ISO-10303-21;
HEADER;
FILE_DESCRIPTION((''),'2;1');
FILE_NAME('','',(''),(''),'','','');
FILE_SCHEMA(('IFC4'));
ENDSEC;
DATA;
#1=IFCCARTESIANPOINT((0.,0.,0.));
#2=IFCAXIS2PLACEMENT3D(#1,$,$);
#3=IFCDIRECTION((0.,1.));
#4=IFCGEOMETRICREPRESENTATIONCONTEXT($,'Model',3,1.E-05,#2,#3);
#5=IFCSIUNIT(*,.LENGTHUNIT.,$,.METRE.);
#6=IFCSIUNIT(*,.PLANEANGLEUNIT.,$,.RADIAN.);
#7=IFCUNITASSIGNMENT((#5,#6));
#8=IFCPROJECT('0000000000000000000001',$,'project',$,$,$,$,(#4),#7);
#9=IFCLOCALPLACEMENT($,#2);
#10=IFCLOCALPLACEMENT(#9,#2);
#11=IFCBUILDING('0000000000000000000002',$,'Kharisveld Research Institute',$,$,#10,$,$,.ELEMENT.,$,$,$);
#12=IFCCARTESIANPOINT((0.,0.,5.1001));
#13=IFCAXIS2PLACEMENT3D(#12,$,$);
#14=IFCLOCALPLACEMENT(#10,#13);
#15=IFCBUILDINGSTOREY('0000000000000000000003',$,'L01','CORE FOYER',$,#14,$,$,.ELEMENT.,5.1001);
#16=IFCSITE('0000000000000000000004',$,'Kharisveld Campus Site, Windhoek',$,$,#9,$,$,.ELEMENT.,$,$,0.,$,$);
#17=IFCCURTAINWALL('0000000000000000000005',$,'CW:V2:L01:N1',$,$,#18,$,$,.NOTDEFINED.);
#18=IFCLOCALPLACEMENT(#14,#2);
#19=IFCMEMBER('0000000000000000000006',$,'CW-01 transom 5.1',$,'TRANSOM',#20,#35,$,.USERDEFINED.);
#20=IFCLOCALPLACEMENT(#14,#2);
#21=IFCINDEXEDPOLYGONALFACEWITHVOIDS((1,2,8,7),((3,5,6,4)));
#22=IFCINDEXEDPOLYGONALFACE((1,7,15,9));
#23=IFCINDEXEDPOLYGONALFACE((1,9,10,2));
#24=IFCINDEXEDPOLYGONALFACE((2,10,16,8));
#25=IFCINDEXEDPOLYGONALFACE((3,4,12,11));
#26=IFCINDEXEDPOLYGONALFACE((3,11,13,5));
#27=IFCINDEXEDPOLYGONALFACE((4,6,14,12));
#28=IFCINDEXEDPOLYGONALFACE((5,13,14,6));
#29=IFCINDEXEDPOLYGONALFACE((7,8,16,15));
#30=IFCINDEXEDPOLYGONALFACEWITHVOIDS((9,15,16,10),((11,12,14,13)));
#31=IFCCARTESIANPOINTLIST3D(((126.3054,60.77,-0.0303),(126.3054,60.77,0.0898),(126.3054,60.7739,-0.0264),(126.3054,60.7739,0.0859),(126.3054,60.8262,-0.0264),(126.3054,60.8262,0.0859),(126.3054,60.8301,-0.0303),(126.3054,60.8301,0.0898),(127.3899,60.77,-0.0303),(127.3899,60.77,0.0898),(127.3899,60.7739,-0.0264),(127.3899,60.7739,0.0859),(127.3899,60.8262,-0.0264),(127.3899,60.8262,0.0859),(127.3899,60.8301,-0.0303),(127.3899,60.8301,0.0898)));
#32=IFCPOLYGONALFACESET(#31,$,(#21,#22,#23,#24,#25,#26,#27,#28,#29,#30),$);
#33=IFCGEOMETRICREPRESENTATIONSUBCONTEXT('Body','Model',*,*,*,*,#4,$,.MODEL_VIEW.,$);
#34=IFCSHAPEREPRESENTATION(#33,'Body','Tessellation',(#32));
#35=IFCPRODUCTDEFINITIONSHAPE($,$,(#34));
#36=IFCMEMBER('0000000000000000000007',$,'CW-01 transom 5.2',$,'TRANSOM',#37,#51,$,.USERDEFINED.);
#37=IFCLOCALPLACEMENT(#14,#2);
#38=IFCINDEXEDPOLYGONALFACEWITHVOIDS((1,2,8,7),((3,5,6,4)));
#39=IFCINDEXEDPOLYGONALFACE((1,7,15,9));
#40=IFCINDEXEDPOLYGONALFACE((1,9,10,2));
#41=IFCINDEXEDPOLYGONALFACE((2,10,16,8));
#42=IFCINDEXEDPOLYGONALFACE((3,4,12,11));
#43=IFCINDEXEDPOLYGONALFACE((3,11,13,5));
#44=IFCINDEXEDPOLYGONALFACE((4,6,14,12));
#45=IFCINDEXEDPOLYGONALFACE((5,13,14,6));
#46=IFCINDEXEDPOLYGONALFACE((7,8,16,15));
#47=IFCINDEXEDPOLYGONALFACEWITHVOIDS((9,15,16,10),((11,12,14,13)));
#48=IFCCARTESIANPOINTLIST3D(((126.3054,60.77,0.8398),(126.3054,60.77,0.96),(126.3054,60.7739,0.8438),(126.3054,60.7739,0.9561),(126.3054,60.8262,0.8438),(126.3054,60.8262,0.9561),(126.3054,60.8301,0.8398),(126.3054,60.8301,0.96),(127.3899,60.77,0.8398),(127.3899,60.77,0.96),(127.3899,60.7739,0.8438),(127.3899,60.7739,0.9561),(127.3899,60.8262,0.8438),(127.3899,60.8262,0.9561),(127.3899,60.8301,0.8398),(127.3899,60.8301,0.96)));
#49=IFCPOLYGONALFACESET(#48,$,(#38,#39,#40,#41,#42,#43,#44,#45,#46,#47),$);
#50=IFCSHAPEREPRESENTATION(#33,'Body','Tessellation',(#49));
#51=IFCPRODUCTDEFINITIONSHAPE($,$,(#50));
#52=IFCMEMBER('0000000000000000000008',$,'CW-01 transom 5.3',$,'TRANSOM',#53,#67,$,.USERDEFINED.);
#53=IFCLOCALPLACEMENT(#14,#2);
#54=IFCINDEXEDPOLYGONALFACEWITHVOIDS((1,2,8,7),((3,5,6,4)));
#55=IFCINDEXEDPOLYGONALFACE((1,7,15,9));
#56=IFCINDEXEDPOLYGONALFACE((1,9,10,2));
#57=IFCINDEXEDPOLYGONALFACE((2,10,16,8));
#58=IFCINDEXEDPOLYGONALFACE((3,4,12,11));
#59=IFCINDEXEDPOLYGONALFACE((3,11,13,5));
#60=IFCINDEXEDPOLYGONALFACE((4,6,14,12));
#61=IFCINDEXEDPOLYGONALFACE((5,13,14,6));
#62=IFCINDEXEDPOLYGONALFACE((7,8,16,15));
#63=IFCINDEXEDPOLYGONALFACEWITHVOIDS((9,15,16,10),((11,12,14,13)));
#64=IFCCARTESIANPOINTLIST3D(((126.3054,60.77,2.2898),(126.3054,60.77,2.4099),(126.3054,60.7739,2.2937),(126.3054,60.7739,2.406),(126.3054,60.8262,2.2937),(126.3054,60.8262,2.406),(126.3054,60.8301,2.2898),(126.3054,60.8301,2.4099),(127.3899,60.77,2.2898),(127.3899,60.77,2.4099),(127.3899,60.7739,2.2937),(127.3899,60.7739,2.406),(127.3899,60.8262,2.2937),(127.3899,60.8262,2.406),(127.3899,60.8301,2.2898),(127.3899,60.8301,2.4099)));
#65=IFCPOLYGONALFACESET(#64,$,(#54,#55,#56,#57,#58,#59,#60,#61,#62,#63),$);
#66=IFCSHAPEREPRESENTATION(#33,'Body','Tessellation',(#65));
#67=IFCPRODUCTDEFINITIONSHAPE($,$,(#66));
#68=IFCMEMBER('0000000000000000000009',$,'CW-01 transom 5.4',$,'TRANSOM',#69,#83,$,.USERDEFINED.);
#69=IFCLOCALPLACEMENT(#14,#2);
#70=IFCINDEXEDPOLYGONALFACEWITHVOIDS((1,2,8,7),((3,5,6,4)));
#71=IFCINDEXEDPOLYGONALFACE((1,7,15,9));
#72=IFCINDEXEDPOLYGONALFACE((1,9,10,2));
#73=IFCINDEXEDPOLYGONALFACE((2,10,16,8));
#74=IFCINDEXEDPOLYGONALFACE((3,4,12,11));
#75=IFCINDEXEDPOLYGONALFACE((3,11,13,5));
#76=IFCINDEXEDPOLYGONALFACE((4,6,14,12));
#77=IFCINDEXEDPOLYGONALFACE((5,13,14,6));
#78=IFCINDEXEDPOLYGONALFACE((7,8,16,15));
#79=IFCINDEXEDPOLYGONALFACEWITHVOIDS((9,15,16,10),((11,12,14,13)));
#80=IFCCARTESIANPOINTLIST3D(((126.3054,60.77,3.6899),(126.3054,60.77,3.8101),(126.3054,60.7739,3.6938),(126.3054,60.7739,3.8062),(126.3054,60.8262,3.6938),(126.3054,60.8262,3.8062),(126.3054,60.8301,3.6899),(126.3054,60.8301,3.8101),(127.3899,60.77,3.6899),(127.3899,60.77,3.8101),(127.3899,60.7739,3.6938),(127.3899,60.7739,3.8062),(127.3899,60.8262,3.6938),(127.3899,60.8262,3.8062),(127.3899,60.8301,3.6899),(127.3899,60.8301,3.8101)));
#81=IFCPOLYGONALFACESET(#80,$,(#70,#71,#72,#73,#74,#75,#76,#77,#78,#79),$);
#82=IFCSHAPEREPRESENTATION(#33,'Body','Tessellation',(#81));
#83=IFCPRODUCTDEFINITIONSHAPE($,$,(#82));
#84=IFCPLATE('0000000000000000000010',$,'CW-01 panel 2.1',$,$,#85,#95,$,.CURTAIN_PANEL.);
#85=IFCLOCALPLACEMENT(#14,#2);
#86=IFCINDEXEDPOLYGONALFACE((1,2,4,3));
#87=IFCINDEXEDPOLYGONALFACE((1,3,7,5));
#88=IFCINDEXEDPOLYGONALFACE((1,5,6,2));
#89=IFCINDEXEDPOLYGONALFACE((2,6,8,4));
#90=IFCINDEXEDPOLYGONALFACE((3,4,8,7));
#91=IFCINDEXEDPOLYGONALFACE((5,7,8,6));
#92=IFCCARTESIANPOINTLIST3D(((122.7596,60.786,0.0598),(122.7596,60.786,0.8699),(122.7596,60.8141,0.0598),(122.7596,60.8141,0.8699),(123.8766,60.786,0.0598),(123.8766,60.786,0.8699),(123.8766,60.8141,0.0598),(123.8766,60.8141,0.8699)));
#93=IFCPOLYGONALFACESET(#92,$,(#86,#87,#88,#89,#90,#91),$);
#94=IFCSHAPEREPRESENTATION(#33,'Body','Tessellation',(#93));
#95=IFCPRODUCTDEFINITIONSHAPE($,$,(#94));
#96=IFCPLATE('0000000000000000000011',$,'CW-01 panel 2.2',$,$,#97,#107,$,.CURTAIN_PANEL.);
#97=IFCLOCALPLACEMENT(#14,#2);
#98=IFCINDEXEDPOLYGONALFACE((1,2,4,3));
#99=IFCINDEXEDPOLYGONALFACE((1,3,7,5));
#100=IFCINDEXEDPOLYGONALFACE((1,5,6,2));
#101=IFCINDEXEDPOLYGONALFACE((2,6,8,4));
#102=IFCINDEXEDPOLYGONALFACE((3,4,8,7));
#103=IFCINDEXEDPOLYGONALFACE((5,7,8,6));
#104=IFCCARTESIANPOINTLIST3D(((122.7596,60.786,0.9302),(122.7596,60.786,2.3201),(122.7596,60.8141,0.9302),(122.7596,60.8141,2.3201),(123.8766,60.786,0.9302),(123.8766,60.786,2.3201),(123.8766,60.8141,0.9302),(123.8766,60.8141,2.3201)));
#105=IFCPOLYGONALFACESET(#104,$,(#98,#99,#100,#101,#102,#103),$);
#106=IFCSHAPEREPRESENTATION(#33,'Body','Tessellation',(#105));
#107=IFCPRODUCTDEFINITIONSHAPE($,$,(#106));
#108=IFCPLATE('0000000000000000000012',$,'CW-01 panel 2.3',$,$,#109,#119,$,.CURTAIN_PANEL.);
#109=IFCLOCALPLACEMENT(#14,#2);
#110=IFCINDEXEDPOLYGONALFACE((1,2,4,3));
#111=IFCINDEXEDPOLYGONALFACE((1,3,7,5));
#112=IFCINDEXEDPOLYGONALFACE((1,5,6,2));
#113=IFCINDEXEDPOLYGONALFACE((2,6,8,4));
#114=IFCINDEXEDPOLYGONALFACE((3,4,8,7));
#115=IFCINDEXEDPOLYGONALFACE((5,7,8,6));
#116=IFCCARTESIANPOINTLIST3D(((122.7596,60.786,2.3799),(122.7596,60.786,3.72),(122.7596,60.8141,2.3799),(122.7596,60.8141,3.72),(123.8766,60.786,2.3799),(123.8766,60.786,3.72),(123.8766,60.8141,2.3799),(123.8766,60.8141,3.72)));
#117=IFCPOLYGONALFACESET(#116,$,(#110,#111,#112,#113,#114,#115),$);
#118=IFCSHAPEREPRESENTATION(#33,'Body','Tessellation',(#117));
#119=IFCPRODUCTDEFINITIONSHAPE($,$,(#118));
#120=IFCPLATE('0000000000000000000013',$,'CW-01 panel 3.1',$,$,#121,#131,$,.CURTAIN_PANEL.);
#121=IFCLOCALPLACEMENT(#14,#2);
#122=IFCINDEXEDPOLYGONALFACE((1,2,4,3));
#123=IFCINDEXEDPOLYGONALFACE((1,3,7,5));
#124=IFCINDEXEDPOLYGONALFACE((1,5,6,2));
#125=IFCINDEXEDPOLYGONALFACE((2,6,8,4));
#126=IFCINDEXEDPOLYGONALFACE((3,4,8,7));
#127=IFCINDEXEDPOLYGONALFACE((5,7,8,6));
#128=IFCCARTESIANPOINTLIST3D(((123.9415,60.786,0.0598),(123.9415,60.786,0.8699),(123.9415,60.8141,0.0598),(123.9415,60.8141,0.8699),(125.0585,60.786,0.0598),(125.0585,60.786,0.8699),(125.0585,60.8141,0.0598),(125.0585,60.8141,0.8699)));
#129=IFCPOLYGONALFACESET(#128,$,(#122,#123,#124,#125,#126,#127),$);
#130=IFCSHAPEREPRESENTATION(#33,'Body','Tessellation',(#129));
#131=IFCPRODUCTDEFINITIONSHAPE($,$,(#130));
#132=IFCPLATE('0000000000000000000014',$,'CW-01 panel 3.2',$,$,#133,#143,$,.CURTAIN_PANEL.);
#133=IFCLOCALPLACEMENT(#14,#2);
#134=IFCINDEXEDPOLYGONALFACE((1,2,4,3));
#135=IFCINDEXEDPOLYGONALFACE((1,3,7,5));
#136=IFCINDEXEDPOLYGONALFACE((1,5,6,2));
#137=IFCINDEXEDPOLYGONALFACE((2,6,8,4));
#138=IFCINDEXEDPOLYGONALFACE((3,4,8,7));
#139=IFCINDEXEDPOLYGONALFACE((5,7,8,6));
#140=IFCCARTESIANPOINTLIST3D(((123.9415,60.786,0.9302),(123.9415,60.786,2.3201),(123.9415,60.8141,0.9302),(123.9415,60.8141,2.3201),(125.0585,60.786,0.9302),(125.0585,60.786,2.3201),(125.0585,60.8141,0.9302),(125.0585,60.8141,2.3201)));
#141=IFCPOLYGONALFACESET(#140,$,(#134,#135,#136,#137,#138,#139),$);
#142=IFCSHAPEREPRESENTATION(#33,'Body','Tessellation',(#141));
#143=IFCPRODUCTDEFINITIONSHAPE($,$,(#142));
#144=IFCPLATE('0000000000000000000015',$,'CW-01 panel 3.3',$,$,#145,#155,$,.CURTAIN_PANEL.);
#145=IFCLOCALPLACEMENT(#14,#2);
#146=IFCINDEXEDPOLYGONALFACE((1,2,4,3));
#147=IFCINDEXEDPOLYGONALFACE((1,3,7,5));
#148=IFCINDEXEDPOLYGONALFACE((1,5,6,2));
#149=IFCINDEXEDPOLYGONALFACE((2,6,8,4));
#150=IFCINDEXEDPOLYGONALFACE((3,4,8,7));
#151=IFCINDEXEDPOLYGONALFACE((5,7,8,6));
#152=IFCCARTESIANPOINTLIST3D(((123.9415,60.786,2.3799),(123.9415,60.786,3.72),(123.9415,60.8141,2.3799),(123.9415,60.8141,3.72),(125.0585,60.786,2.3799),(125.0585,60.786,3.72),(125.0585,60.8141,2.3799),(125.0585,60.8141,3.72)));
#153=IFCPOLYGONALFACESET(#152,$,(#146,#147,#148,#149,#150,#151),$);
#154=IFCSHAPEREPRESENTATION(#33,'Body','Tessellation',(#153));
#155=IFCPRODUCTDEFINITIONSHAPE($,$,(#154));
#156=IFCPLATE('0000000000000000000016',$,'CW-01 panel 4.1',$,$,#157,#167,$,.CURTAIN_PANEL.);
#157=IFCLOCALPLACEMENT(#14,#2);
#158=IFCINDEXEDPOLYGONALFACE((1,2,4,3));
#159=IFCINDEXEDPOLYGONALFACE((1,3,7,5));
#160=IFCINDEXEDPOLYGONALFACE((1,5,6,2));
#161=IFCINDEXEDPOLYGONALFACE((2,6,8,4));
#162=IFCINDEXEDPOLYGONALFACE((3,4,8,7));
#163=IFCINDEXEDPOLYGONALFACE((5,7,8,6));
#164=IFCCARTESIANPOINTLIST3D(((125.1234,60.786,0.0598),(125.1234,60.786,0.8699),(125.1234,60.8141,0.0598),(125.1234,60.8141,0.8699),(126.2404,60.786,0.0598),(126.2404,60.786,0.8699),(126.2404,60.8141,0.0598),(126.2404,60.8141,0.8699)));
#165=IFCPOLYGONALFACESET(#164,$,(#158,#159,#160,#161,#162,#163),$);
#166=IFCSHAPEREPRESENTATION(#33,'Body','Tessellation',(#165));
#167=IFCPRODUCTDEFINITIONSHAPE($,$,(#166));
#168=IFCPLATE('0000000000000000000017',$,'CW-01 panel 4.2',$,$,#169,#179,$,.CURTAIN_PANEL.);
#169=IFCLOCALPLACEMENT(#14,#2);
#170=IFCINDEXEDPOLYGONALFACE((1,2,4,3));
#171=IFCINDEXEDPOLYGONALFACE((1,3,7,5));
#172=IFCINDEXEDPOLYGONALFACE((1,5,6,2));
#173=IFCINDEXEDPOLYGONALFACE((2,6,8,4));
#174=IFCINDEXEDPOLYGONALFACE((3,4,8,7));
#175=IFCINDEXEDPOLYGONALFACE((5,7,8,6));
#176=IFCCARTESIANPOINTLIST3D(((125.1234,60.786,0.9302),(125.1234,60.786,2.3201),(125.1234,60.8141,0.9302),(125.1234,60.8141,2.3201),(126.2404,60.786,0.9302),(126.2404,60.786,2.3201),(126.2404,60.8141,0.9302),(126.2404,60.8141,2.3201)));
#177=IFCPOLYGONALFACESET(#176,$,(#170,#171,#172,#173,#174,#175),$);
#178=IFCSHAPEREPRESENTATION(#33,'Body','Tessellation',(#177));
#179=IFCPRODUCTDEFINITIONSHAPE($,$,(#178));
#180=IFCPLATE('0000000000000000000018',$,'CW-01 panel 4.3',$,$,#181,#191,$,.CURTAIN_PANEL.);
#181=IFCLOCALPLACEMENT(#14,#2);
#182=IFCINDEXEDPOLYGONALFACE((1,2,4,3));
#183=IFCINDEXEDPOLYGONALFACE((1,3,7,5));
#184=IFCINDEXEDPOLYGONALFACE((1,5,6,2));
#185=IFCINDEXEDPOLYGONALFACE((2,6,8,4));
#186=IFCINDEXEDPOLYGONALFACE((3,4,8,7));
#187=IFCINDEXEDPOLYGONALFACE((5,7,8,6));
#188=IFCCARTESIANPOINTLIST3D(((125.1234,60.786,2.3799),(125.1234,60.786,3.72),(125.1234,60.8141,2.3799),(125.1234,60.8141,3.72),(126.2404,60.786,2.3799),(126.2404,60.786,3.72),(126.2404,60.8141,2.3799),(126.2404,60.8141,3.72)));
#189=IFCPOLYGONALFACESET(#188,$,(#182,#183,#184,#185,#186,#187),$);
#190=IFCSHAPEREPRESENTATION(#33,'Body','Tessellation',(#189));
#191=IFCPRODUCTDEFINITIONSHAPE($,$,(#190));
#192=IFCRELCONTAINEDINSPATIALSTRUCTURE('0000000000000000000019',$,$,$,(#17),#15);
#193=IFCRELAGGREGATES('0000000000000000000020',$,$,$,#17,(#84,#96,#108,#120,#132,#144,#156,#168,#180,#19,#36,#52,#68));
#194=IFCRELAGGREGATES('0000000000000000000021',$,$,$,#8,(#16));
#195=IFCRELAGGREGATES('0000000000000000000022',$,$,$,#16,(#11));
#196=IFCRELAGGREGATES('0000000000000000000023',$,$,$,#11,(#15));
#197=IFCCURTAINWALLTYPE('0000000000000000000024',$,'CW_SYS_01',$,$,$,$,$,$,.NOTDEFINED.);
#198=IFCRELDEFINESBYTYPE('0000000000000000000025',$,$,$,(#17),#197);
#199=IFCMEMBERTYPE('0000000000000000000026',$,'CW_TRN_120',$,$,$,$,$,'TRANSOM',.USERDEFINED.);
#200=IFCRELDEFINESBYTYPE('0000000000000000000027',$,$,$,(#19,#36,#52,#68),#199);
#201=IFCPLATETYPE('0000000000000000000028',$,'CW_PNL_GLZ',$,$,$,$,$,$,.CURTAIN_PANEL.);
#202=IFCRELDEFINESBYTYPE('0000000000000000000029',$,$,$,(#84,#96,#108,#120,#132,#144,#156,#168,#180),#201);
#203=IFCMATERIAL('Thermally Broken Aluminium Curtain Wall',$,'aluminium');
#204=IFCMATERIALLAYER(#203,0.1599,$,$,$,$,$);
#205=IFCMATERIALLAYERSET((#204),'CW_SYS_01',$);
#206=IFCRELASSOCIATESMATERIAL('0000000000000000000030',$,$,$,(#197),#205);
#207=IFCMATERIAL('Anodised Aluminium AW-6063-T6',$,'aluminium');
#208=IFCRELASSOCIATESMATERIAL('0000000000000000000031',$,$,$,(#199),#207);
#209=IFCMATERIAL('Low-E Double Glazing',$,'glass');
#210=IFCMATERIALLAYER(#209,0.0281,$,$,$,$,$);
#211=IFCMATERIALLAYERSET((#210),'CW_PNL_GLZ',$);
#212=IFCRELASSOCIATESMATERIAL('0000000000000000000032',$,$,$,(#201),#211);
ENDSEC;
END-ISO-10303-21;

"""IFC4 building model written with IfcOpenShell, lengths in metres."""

from ifc_helpers import new_model, si_unit, direction, frame, origin, origin_2d, place, context, subcontext, project, spatial, rectangle, hollow_rectangle, extrude, material, layer, layer_set, material_profile, profile_set, type_object, element, aggregate, save


model = new_model("IFC4")

# Units and contexts
model_context = context("Model", 3, precision=1e-05, world=origin(), true_north=direction((0.0, 1.0)))
body_context = subcontext(model_context, "Body", "Model", "MODEL_VIEW")
ifc_project = project(units=[si_unit("LENGTHUNIT", "METRE"), si_unit("PLANEANGLEUNIT", "RADIAN")], contexts=[model_context])

# Site, building, storey
site_placement = place(None, origin())
site = spatial("IfcSite", under=ifc_project, at=site_placement, Name="Kharisveld Campus Site, Windhoek", CompositionType="ELEMENT", RefElevation=0.0)
building_placement = place(site_placement, origin())
building = spatial("IfcBuilding", under=site, at=building_placement, Name="Kharisveld Research Institute", CompositionType="ELEMENT")
storey_placement = place(building_placement, frame((0.0, 0.0, 5.1001)))
storey = spatial("IfcBuildingStorey", under=building, at=storey_placement, Name="L01", Description="CORE FOYER", CompositionType="ELEMENT", Elevation=5.1001)

# Curtain wall, members, plates
ifc_material_1 = material(Name="Thermally Broken Aluminium Curtain Wall", Category="aluminium")
ifc_layer_1 = layer(ifc_material_1, 0.1599)
ifc_layer_set_1 = layer_set([ifc_layer_1], Name="CW_SYS_01")
curtain_wall_type = type_object("IfcCurtainWallType", Name="CW_SYS_01", PredefinedType="NOTDEFINED", material=ifc_layer_set_1)
curtain_wall_placement = place(storey_placement, origin())
curtain_wall = element("IfcCurtainWall", 1, at=curtain_wall_placement, inside=storey, type_object=curtain_wall_type, Name="CW:V2:L01:N1", PredefinedType="NOTDEFINED")
ifc_material_2 = material(Name="Anodised Aluminium AW-6063-T6", Category="aluminium")
ifc_material_profile_1 = material_profile(ifc_material_2, hollow_rectangle(XDim=0.0601, YDim=0.1201, WallThickness=0.0039, at=origin_2d()))
ifc_profile_set_1 = profile_set([ifc_material_profile_1], Name="Anodised Aluminium AW-6063-T6")
member_type_1 = type_object("IfcMemberType", Name="CW_TRN_120", ElementType="TRANSOM", PredefinedType="USERDEFINED", material=ifc_profile_set_1)
member_1_placement = place(storey_placement, frame((126.3054, 60.8, 0.0298), z_axis=(1.0, 0.0, 0.0), x_axis=(0.0, 1.0, 0.0)))
member_1 = element("IfcMember", 2, at=member_1_placement, type_object=member_type_1, Name="CW-01 transom 5.1", ObjectType="TRANSOM", PredefinedType="USERDEFINED", context=body_context, shape_type="SweptSolid", body=[
    extrude(hollow_rectangle(XDim=0.0601, YDim=0.1201, WallThickness=0.0039, at=origin_2d()), origin(), (0.0, 0.0, 1.0), 1.0845),
])
member_2_placement = place(storey_placement, frame((126.3054, 60.8, 0.8999), z_axis=(1.0, 0.0, 0.0), x_axis=(0.0, 1.0, 0.0)))
member_2 = element("IfcMember", 3, at=member_2_placement, type_object=member_type_1, Name="CW-01 transom 5.2", ObjectType="TRANSOM", PredefinedType="USERDEFINED", context=body_context, shape_type="SweptSolid", body=[
    extrude(hollow_rectangle(XDim=0.0601, YDim=0.1201, WallThickness=0.0039, at=origin_2d()), origin(), (0.0, 0.0, 1.0), 1.0845),
])
member_3_placement = place(storey_placement, frame((126.3054, 60.8, 2.3499), z_axis=(1.0, 0.0, 0.0), x_axis=(0.0, 1.0, 0.0)))
member_3 = element("IfcMember", 4, at=member_3_placement, type_object=member_type_1, Name="CW-01 transom 5.3", ObjectType="TRANSOM", PredefinedType="USERDEFINED", context=body_context, shape_type="SweptSolid", body=[
    extrude(hollow_rectangle(XDim=0.0601, YDim=0.1201, WallThickness=0.0039, at=origin_2d()), origin(), (0.0, 0.0, 1.0), 1.0845),
])
member_4_placement = place(storey_placement, frame((126.3054, 60.8, 3.75), z_axis=(1.0, 0.0, 0.0), x_axis=(0.0, 1.0, 0.0)))
member_4 = element("IfcMember", 5, at=member_4_placement, type_object=member_type_1, Name="CW-01 transom 5.4", ObjectType="TRANSOM", PredefinedType="USERDEFINED", context=body_context, shape_type="SweptSolid", body=[
    extrude(hollow_rectangle(XDim=0.0601, YDim=0.1201, WallThickness=0.0039, at=origin_2d()), origin(), (0.0, 0.0, 1.0), 1.0845),
])
ifc_material_3 = material(Name="Low-E Double Glazing", Category="glass")
ifc_layer_2 = layer(ifc_material_3, 0.0281)
ifc_layer_set_2 = layer_set([ifc_layer_2], Name="CW_PNL_GLZ")
plate_type = type_object("IfcPlateType", Name="CW_PNL_GLZ", PredefinedType="CURTAIN_PANEL", material=ifc_layer_set_2)
plate_1_placement = place(storey_placement, frame((123.3181, 60.8, 0.0598), z_axis=(0.0, 0.0, 1.0), x_axis=(1.0, 0.0, 0.0)))
plate_1 = element("IfcPlate", 6, at=plate_1_placement, type_object=plate_type, Name="CW-01 panel 2.1", PredefinedType="CURTAIN_PANEL", context=body_context, shape_type="SweptSolid", body=[
    extrude(rectangle(XDim=1.1169, YDim=0.0281, at=origin_2d()), origin(), (0.0, 0.0, 1.0), 0.8101),
])
plate_2_placement = place(storey_placement, frame((123.3181, 60.8, 0.9302), z_axis=(0.0, 0.0, 1.0), x_axis=(1.0, 0.0, 0.0)))
plate_2 = element("IfcPlate", 7, at=plate_2_placement, type_object=plate_type, Name="CW-01 panel 2.2", PredefinedType="CURTAIN_PANEL", context=body_context, shape_type="SweptSolid", body=[
    extrude(rectangle(XDim=1.1169, YDim=0.0281, at=origin_2d()), origin(), (0.0, 0.0, 1.0), 1.3899),
])
plate_3_placement = place(storey_placement, frame((123.3181, 60.8, 2.3799), z_axis=(0.0, 0.0, 1.0), x_axis=(1.0, 0.0, 0.0)))
plate_3 = element("IfcPlate", 8, at=plate_3_placement, type_object=plate_type, Name="CW-01 panel 2.3", PredefinedType="CURTAIN_PANEL", context=body_context, shape_type="SweptSolid", body=[
    extrude(rectangle(XDim=1.1169, YDim=0.0281, at=origin_2d()), origin(), (0.0, 0.0, 1.0), 1.3401),
])
plate_4_placement = place(storey_placement, frame((124.5, 60.8, 0.0598), z_axis=(0.0, 0.0, 1.0), x_axis=(1.0, 0.0, 0.0)))
plate_4 = element("IfcPlate", 9, at=plate_4_placement, type_object=plate_type, Name="CW-01 panel 3.1", PredefinedType="CURTAIN_PANEL", context=body_context, shape_type="SweptSolid", body=[
    extrude(rectangle(XDim=1.1169, YDim=0.0281, at=origin_2d()), origin(), (0.0, 0.0, 1.0), 0.8101),
])
plate_5_placement = place(storey_placement, frame((124.5, 60.8, 0.9302), z_axis=(0.0, 0.0, 1.0), x_axis=(1.0, 0.0, 0.0)))
plate_5 = element("IfcPlate", 10, at=plate_5_placement, type_object=plate_type, Name="CW-01 panel 3.2", PredefinedType="CURTAIN_PANEL", context=body_context, shape_type="SweptSolid", body=[
    extrude(rectangle(XDim=1.1169, YDim=0.0281, at=origin_2d()), origin(), (0.0, 0.0, 1.0), 1.3899),
])
plate_6_placement = place(storey_placement, frame((124.5, 60.8, 2.3799), z_axis=(0.0, 0.0, 1.0), x_axis=(1.0, 0.0, 0.0)))
plate_6 = element("IfcPlate", 11, at=plate_6_placement, type_object=plate_type, Name="CW-01 panel 3.3", PredefinedType="CURTAIN_PANEL", context=body_context, shape_type="SweptSolid", body=[
    extrude(rectangle(XDim=1.1169, YDim=0.0281, at=origin_2d()), origin(), (0.0, 0.0, 1.0), 1.3401),
])
plate_7_placement = place(storey_placement, frame((125.6819, 60.8, 0.0598), z_axis=(0.0, 0.0, 1.0), x_axis=(1.0, 0.0, 0.0)))
plate_7 = element("IfcPlate", 12, at=plate_7_placement, type_object=plate_type, Name="CW-01 panel 4.1", PredefinedType="CURTAIN_PANEL", context=body_context, shape_type="SweptSolid", body=[
    extrude(rectangle(XDim=1.1169, YDim=0.0281, at=origin_2d()), origin(), (0.0, 0.0, 1.0), 0.8101),
])
plate_8_placement = place(storey_placement, frame((125.6819, 60.8, 0.9302), z_axis=(0.0, 0.0, 1.0), x_axis=(1.0, 0.0, 0.0)))
plate_8 = element("IfcPlate", 13, at=plate_8_placement, type_object=plate_type, Name="CW-01 panel 4.2", PredefinedType="CURTAIN_PANEL", context=body_context, shape_type="SweptSolid", body=[
    extrude(rectangle(XDim=1.1169, YDim=0.0281, at=origin_2d()), origin(), (0.0, 0.0, 1.0), 1.3899),
])
plate_9_placement = place(storey_placement, frame((125.6819, 60.8, 2.3799), z_axis=(0.0, 0.0, 1.0), x_axis=(1.0, 0.0, 0.0)))
plate_9 = element("IfcPlate", 14, at=plate_9_placement, type_object=plate_type, Name="CW-01 panel 4.3", PredefinedType="CURTAIN_PANEL", context=body_context, shape_type="SweptSolid", body=[
    extrude(rectangle(XDim=1.1169, YDim=0.0281, at=origin_2d()), origin(), (0.0, 0.0, 1.0), 1.3401),
])
aggregate(curtain_wall, [plate_1, plate_2, plate_3, plate_4, plate_5, plate_6, plate_7, plate_8, plate_9, member_1, member_2, member_3, member_4])

save(model, "model.ifc")
